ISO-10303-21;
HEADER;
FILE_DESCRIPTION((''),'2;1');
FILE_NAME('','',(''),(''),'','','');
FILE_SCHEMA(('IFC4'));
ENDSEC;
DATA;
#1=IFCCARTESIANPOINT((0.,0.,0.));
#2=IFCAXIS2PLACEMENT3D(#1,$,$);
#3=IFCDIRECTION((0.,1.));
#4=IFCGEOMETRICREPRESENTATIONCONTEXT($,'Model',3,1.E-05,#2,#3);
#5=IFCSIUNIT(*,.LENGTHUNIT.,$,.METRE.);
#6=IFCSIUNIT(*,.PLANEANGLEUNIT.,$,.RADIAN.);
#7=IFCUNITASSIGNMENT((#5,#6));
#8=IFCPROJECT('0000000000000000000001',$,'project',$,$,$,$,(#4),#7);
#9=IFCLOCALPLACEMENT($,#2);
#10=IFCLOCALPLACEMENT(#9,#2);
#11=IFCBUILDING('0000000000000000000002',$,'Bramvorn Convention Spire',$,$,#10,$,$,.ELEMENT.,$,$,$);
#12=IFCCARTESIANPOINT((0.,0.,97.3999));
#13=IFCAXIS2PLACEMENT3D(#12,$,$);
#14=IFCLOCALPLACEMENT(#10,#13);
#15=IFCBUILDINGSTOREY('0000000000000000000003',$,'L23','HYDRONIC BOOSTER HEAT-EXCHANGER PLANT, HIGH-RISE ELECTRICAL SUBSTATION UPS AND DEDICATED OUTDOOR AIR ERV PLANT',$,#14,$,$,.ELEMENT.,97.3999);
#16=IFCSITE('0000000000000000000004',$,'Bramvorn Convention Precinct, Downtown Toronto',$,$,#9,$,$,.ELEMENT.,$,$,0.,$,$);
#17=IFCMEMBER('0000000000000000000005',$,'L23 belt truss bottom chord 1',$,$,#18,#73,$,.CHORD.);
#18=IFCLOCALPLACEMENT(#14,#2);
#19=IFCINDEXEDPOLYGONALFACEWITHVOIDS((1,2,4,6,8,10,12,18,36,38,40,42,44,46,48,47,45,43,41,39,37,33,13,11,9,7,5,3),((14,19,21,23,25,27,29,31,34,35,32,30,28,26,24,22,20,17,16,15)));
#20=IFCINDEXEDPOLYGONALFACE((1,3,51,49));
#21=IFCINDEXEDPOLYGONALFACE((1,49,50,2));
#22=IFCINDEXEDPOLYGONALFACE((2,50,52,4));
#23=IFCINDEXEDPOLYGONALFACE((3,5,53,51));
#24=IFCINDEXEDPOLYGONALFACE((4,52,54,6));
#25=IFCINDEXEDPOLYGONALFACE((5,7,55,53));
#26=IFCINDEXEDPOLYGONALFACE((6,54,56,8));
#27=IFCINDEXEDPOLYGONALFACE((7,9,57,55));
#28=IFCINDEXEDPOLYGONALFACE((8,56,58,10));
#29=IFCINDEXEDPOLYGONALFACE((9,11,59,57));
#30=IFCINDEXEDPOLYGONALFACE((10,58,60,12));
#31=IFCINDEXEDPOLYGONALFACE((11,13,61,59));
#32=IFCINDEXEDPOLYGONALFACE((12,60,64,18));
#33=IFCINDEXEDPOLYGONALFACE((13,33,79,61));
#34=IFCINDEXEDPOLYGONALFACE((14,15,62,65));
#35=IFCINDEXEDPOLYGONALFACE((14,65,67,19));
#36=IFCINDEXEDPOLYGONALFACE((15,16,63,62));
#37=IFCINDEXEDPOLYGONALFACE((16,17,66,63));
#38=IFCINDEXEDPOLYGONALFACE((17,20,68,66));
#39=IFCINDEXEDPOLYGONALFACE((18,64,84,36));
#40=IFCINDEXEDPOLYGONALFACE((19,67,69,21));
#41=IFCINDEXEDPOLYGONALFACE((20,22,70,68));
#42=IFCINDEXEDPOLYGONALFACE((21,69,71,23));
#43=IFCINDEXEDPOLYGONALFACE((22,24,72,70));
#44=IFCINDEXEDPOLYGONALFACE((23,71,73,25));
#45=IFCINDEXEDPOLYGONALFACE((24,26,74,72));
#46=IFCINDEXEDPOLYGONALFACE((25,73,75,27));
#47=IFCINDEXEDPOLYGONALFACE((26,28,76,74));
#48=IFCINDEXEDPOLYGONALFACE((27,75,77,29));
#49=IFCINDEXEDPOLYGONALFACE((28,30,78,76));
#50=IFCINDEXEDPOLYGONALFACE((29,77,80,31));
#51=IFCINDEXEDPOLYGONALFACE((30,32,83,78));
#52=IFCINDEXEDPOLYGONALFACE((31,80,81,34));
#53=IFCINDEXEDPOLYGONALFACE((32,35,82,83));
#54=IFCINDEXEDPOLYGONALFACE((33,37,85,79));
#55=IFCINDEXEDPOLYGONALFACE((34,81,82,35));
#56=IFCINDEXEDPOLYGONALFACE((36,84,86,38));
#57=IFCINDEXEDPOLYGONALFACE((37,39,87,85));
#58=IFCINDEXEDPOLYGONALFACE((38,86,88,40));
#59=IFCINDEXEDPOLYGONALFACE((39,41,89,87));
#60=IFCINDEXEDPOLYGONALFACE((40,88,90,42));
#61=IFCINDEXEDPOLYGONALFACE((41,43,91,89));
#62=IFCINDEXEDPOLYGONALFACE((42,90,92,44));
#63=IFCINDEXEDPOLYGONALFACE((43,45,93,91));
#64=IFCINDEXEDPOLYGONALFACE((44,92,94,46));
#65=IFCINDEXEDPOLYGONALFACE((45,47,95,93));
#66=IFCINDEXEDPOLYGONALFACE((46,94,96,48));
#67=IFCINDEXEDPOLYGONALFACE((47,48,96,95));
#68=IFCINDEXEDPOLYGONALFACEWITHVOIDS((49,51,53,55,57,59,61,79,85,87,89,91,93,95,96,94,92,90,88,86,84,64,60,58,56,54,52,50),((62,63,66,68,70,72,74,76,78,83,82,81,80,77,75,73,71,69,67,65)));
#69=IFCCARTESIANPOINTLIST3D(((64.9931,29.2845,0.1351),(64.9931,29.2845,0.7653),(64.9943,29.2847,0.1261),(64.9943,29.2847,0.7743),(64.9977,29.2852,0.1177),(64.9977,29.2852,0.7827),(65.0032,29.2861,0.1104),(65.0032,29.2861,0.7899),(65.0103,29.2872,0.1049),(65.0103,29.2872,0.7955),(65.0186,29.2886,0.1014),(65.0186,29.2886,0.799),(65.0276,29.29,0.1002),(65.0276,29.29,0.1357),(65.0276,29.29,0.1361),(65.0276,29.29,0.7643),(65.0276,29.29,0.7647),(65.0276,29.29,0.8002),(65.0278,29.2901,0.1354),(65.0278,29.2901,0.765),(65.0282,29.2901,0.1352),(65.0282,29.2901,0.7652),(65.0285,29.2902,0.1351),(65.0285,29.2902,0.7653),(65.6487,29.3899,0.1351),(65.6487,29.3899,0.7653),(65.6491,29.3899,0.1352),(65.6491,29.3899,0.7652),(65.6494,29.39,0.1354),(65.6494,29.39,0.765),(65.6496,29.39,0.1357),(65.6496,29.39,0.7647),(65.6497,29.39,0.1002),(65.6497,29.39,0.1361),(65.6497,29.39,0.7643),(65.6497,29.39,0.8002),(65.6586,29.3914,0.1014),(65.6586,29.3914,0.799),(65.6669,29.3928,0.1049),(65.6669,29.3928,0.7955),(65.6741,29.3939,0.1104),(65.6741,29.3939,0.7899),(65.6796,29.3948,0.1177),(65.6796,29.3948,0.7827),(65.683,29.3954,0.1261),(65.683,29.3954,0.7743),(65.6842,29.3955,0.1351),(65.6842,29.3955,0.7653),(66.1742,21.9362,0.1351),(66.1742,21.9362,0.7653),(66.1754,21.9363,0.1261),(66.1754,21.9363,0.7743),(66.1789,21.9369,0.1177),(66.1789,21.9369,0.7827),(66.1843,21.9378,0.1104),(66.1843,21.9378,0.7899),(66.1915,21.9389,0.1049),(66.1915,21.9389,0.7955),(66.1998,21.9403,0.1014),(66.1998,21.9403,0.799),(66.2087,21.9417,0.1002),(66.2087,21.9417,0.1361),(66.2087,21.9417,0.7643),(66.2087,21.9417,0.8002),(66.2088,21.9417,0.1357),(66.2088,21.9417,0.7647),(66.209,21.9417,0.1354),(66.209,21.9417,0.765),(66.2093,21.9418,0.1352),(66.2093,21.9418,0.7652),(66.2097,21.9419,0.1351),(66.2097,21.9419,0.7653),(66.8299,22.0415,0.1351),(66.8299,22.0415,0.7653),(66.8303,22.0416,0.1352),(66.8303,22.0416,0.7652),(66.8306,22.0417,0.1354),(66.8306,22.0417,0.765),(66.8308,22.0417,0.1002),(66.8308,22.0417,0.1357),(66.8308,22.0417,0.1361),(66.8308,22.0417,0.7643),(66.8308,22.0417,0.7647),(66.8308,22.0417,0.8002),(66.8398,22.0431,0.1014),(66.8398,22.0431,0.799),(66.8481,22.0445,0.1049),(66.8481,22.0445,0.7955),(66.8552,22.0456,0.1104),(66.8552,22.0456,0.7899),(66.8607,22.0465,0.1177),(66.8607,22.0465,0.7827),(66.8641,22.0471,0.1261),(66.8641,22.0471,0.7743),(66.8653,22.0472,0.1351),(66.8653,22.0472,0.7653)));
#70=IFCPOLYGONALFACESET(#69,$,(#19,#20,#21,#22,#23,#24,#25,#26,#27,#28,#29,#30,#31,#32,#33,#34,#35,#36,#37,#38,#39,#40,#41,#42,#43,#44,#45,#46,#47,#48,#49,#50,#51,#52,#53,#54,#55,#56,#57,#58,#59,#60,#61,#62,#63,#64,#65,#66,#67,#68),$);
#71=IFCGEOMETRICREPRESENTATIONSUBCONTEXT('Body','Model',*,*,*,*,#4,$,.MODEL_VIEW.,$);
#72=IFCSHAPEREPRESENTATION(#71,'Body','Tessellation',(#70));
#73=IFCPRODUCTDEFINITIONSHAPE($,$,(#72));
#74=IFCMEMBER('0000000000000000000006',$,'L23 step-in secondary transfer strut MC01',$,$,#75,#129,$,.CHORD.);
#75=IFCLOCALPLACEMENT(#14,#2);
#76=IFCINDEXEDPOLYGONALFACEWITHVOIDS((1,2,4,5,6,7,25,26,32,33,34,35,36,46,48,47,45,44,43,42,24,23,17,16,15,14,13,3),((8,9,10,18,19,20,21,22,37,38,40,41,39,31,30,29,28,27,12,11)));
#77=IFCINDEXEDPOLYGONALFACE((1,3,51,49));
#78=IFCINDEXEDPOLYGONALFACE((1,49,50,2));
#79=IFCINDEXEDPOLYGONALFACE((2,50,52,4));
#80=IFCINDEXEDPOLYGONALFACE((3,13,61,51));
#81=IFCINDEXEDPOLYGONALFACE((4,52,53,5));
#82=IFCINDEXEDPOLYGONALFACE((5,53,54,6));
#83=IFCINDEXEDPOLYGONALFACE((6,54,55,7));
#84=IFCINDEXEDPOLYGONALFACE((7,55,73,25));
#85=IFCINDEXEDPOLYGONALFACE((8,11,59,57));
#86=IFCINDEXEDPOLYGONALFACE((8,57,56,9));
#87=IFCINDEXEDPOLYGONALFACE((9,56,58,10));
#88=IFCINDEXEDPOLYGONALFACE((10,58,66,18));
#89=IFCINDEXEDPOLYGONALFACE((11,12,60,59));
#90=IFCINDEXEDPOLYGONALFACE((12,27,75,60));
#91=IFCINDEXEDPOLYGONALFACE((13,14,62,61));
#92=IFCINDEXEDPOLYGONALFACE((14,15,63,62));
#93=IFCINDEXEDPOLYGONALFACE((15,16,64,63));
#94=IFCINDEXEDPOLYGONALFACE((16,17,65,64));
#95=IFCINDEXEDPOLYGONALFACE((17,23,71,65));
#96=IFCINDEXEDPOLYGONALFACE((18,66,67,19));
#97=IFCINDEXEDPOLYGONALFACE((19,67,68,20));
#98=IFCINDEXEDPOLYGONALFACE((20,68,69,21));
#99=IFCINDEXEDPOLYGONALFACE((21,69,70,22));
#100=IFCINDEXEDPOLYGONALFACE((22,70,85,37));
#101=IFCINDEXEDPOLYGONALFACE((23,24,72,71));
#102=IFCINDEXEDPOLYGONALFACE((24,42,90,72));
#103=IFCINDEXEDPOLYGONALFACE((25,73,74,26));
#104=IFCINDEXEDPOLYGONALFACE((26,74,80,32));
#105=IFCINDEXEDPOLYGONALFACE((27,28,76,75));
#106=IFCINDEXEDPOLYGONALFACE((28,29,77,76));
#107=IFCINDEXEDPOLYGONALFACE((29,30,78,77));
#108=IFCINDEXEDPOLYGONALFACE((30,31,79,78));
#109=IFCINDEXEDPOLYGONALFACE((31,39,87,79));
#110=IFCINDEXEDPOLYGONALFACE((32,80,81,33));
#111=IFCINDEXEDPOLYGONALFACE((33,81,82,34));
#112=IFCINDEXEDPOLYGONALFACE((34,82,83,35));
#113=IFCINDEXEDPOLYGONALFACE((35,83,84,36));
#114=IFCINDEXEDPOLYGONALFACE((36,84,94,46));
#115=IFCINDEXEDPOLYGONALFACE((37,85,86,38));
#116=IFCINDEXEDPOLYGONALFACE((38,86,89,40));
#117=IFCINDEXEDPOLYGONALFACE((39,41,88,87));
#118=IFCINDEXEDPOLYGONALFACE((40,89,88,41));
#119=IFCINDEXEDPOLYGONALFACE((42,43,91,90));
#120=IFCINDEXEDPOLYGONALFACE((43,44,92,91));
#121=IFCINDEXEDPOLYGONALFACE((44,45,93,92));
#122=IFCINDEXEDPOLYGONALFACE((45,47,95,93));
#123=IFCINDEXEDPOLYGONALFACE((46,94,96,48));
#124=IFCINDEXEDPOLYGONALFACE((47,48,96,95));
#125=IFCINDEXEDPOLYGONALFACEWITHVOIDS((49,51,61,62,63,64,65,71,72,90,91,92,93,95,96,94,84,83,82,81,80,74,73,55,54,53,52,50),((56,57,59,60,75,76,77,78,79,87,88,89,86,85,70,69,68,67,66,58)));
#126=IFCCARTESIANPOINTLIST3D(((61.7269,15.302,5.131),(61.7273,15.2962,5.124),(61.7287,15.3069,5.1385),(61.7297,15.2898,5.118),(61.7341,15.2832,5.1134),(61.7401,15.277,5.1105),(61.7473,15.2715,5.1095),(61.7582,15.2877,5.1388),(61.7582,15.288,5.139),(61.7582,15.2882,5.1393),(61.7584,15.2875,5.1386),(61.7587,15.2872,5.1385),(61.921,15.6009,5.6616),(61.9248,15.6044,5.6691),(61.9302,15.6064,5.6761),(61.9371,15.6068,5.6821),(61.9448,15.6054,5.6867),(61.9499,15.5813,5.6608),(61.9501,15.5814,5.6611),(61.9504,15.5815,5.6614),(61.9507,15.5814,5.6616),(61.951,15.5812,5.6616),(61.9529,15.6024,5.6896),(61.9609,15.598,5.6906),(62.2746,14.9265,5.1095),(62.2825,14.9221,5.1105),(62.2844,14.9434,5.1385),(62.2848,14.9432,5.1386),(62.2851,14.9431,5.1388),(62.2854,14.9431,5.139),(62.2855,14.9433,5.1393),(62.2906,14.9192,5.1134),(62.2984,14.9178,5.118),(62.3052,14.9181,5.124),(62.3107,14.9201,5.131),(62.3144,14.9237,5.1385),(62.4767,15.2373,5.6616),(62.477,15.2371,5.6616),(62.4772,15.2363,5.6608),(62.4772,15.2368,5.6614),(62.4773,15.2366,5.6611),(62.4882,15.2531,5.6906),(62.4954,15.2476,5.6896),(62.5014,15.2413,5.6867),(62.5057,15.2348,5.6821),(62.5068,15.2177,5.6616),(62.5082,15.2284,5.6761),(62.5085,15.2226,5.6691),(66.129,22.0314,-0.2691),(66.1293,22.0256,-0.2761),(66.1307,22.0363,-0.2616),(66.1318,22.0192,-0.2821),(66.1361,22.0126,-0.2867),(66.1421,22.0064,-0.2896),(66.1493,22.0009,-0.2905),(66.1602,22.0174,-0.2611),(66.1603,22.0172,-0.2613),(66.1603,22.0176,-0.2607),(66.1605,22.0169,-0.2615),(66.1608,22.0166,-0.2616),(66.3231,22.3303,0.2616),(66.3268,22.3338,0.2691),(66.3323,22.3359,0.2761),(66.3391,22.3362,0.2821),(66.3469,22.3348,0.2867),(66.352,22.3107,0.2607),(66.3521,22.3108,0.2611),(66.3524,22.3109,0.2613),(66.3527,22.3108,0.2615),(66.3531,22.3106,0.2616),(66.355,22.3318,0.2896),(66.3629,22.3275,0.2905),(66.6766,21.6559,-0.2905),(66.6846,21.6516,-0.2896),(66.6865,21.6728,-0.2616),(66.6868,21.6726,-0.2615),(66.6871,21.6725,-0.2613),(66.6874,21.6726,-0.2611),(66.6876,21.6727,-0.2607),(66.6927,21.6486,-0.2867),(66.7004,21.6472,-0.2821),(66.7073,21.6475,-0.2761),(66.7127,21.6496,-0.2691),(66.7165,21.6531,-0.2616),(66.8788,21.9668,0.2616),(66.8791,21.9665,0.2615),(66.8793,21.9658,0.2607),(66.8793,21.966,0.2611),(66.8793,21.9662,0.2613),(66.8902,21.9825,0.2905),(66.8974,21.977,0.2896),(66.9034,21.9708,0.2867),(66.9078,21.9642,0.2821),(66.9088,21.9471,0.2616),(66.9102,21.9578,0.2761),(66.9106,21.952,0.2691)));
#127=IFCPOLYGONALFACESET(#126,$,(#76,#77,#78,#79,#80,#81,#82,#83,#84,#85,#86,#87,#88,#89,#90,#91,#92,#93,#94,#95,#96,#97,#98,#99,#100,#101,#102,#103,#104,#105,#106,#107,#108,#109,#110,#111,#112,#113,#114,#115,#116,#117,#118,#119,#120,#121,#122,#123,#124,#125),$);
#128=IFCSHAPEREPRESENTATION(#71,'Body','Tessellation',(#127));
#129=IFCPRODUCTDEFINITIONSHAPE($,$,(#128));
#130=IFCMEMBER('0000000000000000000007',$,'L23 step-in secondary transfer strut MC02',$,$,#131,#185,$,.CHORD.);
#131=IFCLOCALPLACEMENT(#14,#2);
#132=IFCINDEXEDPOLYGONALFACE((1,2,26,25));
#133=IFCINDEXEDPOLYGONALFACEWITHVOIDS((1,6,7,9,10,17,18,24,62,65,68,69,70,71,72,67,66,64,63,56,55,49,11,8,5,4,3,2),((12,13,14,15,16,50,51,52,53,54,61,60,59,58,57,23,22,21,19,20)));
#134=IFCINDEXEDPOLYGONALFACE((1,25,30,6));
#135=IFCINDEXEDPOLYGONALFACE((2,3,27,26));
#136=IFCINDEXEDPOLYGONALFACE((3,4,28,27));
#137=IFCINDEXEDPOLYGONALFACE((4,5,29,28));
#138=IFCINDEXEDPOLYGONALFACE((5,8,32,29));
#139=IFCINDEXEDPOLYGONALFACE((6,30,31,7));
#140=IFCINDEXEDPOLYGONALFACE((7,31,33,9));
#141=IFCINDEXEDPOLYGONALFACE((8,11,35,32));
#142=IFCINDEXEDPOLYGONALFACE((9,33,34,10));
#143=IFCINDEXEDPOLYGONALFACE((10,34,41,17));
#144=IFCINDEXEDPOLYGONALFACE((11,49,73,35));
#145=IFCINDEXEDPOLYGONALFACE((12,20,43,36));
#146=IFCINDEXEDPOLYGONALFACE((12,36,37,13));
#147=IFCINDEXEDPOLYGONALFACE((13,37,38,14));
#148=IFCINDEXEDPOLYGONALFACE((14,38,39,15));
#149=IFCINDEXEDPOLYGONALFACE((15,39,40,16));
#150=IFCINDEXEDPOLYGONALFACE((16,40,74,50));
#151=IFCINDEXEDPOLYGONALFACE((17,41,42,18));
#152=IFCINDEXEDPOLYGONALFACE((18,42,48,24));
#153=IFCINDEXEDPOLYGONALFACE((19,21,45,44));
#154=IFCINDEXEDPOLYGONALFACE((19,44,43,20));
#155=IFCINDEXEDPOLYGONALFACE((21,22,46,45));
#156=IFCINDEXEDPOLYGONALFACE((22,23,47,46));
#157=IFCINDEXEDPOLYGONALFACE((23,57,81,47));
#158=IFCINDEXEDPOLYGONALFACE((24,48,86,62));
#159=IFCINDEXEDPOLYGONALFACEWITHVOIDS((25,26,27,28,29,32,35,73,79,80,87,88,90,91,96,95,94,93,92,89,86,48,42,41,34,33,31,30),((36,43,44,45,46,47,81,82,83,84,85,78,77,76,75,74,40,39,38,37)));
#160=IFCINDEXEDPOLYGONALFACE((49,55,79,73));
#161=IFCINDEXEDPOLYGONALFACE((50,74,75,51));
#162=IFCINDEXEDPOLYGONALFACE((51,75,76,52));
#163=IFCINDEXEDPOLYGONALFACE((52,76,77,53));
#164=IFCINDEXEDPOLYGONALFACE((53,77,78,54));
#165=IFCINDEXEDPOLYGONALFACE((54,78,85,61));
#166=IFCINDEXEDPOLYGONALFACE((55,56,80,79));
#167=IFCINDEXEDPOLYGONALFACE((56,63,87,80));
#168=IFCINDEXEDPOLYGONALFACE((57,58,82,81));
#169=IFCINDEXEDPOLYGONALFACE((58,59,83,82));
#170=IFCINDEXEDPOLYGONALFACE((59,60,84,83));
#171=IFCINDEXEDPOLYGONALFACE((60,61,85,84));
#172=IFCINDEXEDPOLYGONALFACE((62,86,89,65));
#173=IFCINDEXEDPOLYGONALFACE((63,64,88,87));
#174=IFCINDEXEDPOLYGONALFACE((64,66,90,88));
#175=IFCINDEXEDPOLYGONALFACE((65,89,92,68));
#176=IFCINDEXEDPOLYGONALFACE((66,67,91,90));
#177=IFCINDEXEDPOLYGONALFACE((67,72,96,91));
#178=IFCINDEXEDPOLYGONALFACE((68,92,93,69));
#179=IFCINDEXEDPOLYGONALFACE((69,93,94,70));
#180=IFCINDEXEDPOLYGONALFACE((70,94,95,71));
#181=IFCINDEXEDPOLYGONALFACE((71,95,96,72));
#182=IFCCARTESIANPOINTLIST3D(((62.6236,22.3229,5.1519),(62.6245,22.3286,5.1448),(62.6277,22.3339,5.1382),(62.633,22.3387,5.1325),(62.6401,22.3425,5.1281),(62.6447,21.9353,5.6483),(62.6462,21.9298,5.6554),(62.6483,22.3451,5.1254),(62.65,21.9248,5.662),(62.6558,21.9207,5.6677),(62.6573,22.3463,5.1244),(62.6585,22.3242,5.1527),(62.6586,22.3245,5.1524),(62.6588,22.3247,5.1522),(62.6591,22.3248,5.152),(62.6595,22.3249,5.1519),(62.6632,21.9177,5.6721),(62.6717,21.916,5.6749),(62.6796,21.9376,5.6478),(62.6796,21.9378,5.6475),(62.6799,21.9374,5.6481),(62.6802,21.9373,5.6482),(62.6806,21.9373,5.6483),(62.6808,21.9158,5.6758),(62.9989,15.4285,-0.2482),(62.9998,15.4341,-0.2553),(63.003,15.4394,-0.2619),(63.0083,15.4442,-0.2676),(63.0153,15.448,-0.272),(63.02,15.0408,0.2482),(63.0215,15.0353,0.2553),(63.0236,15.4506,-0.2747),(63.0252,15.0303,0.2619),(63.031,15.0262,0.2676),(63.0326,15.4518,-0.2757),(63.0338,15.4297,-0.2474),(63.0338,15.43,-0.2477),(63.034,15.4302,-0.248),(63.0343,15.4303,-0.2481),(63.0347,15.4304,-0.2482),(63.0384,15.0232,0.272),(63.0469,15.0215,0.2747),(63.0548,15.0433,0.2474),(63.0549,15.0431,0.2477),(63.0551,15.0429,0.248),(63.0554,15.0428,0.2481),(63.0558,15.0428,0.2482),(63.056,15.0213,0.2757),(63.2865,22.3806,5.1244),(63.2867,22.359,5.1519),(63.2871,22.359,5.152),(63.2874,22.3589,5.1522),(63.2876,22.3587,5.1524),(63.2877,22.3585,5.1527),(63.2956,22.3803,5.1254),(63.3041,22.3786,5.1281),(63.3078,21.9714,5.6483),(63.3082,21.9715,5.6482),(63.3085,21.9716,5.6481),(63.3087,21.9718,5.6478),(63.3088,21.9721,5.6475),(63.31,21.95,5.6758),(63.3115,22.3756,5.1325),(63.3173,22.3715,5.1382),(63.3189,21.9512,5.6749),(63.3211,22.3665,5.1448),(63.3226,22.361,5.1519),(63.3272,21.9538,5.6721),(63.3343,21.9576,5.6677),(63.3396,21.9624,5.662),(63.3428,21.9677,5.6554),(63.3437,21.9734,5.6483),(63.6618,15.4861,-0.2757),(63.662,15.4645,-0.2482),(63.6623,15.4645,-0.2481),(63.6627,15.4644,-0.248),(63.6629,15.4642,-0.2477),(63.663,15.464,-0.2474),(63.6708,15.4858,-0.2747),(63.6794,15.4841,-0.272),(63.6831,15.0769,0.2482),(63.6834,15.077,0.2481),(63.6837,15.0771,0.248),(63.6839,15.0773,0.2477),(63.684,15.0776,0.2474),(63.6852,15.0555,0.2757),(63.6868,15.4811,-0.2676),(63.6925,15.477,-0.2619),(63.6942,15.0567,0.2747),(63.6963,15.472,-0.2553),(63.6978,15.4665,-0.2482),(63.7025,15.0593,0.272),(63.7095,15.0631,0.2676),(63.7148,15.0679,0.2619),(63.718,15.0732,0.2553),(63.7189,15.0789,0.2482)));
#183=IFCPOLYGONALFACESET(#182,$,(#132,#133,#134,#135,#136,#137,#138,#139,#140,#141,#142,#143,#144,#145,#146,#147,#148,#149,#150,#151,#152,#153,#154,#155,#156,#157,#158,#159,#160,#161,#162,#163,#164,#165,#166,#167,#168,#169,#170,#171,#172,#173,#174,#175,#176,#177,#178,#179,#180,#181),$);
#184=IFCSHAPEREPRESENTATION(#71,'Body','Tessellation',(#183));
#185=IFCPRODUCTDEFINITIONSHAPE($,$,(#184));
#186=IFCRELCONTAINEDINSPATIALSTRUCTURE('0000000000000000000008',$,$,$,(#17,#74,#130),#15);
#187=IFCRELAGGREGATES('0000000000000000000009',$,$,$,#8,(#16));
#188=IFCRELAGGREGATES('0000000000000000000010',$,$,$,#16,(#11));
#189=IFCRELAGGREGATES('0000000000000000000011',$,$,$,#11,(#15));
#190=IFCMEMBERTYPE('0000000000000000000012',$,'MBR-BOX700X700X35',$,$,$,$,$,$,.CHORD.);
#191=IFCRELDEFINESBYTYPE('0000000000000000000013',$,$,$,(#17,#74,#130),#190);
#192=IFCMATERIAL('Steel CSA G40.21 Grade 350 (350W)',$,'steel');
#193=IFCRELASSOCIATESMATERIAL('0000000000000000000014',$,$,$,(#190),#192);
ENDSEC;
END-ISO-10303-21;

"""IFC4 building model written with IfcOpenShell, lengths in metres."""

from ifc_helpers import new_model, si_unit, direction, frame, origin, origin_2d, place, context, subcontext, project, spatial, hollow_rectangle, extrude, material, material_profile, profile_set, type_object, element, save


model = new_model("IFC4")

# Units and contexts
model_context = context("Model", 3, precision=1e-05, world=origin(), true_north=direction((0.0, 1.0)))
body_context = subcontext(model_context, "Body", "Model", "MODEL_VIEW")
ifc_project = project(units=[si_unit("LENGTHUNIT", "METRE"), si_unit("PLANEANGLEUNIT", "RADIAN")], contexts=[model_context])

# Site, building, storey
site_placement = place(None, origin())
site = spatial("IfcSite", under=ifc_project, at=site_placement, Name="Bramvorn Convention Precinct, Downtown Toronto", CompositionType="ELEMENT", RefElevation=0.0)
building_placement = place(site_placement, origin())
building = spatial("IfcBuilding", under=site, at=building_placement, Name="Bramvorn Convention Spire", CompositionType="ELEMENT")
storey_placement = place(building_placement, frame((0.0, 0.0, 97.3999)))
storey = spatial("IfcBuildingStorey", under=building, at=storey_placement, Name="L23", Description="HYDRONIC BOOSTER HEAT-EXCHANGER PLANT, HIGH-RISE ELECTRICAL SUBSTATION UPS AND DEDICATED OUTDOOR AIR ERV PLANT", CompositionType="ELEMENT", Elevation=97.3999)

# Shared definitions
ifc_material_1 = material(Name="Steel CSA G40.21 Grade 350 (350W)", Category="steel")

# Members
ifc_material_profile_1 = material_profile(ifc_material_1, hollow_rectangle(XDim=0.7, YDim=0.7, WallThickness=0.0349, InnerFilletRadius=0.001, OuterFilletRadius=0.0349, at=origin_2d()))
ifc_profile_set_1 = profile_set([ifc_material_profile_1], Name="Steel CSA G40.21 Grade 350 (350W) - BOX700X700X35")
member_type_1 = type_object("IfcMemberType", Name="MBR-BOX700X700X35", PredefinedType="CHORD", material=ifc_profile_set_1)
member_1_placement = place(storey_placement, frame((66.5198, 21.9917, 0.4502), z_axis=(-0.158699, 0.987327, 0.0), x_axis=(-0.987327, -0.158699, 0.0)))
element("IfcMember", 1, at=member_1_placement, inside=storey, type_object=member_type_1, Name="L23 belt truss bottom chord 1", PredefinedType="CHORD", context=body_context, shape_type="SweptSolid", body=[
    extrude(hollow_rectangle(XDim=0.7, YDim=0.7, WallThickness=0.0349, InnerFilletRadius=0.001, OuterFilletRadius=0.0349, at=origin_2d()), origin(), (0.0, 0.0, 1.0), 7.4426),
])
member_2_placement = place(storey_placement, frame((66.5198, 21.9917, 0.0), z_axis=(-0.454462, -0.694737, 0.557498), x_axis=(0.836853, -0.547428, 0.0)))
element("IfcMember", 2, at=member_2_placement, inside=storey, type_object=member_type_1, Name="L23 step-in secondary transfer strut MC01", PredefinedType="CHORD", context=body_context, shape_type="SweptSolid", body=[
    extrude(hollow_rectangle(XDim=0.7, YDim=0.7, WallThickness=0.0349, InnerFilletRadius=0.001, OuterFilletRadius=0.0349, at=origin_2d()), origin(), (0.0, 0.0, 1.0), 9.6863),
])
member_3_placement = place(storey_placement, frame((63.3589, 15.2537, 0.0), z_axis=(-0.042808, 0.786538, 0.616056), x_axis=(-0.998522, -0.054346, 0.0)))
element("IfcMember", 3, at=member_3_placement, inside=storey, type_object=member_type_1, Name="L23 step-in secondary transfer strut MC02", PredefinedType="CHORD", context=body_context, shape_type="SweptSolid", body=[
    extrude(hollow_rectangle(XDim=0.7, YDim=0.7, WallThickness=0.0349, InnerFilletRadius=0.001, OuterFilletRadius=0.0349, at=origin_2d()), origin(), (0.0, 0.0, 1.0), 8.7656),
])

save(model, "model.ifc")
